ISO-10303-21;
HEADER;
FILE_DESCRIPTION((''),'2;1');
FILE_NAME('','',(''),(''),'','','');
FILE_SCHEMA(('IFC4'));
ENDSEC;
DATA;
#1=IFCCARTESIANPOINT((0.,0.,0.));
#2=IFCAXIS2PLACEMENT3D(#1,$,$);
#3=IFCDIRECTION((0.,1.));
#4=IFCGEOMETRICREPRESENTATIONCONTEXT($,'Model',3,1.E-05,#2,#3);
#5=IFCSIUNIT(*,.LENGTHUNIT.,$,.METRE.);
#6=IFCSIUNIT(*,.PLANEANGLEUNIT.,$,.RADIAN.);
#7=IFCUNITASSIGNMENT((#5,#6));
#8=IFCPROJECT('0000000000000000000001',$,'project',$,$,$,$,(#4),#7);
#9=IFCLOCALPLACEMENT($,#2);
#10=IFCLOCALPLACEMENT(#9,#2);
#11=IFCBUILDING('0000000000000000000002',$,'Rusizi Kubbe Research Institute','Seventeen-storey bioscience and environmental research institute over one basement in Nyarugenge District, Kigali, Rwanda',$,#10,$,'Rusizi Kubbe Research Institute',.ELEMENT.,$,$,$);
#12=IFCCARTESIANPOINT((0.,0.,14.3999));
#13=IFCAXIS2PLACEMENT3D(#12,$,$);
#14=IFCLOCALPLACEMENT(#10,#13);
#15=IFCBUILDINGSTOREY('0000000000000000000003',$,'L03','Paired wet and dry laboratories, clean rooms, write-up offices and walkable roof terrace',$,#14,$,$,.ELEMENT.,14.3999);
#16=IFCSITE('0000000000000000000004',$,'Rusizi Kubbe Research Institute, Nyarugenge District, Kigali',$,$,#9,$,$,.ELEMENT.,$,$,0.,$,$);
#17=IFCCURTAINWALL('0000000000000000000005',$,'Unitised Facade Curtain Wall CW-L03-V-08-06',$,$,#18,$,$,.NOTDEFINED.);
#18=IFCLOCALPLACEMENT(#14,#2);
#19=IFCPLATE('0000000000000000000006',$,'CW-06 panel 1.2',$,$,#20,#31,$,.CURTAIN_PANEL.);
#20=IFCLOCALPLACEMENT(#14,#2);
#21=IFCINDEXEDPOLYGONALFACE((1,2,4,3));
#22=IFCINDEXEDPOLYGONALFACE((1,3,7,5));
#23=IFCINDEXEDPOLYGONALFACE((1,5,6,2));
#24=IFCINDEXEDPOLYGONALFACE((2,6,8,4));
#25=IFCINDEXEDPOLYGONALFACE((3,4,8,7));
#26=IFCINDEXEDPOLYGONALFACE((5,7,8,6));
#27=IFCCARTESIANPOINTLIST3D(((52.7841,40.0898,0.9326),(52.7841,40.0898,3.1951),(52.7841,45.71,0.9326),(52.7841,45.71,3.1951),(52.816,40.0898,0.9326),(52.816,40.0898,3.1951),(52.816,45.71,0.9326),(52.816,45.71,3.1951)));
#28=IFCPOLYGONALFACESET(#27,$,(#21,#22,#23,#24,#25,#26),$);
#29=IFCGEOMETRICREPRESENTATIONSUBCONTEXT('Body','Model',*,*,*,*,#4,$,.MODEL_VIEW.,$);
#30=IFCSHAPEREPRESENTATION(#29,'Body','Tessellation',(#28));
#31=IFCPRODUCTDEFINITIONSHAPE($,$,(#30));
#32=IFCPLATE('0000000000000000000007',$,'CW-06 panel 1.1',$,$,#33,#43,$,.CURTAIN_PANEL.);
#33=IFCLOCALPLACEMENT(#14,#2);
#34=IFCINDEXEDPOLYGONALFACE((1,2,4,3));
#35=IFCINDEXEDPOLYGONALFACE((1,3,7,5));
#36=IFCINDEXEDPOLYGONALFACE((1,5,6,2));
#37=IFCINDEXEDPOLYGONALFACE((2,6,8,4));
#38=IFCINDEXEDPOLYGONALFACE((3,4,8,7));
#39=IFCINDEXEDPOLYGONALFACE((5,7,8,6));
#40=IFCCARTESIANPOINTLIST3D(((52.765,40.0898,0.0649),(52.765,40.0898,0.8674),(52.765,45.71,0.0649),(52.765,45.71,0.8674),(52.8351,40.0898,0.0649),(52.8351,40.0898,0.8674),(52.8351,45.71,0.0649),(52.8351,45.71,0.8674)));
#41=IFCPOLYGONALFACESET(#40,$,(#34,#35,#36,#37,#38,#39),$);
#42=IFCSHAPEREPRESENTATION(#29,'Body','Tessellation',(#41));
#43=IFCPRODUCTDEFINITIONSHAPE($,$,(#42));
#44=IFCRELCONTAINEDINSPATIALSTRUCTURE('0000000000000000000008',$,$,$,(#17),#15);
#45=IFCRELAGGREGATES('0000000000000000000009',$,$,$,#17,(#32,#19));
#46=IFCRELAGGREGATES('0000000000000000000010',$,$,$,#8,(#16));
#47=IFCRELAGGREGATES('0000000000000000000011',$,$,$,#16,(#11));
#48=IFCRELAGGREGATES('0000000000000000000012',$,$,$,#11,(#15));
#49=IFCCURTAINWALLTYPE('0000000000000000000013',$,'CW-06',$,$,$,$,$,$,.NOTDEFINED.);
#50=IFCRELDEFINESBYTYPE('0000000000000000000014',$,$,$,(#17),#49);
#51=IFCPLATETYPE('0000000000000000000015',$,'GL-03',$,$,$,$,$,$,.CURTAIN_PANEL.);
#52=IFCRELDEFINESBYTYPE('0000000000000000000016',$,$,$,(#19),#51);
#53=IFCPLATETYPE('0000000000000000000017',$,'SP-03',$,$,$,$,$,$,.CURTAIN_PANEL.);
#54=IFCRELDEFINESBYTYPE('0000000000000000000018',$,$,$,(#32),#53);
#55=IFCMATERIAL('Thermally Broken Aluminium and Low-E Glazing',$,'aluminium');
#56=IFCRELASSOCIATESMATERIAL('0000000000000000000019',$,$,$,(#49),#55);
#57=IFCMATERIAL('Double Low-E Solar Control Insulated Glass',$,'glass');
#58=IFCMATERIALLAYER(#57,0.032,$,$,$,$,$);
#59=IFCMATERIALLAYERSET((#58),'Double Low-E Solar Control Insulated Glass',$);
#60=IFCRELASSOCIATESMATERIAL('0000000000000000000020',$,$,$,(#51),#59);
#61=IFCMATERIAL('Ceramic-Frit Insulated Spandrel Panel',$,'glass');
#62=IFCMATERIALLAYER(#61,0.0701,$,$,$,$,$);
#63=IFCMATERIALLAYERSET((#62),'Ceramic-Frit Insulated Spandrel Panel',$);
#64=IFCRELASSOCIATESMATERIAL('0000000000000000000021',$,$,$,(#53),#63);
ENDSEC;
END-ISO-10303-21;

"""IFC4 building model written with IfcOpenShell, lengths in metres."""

from ifc_helpers import new_model, si_unit, direction, frame, origin, origin_2d, place, context, subcontext, project, spatial, rectangle, extrude, material, layer, layer_set, type_object, element, aggregate, save


model = new_model("IFC4")

# Units and contexts
model_context = context("Model", 3, precision=1e-05, world=origin(), true_north=direction((0.0, 1.0)))
body_context = subcontext(model_context, "Body", "Model", "MODEL_VIEW")
ifc_project = project(units=[si_unit("LENGTHUNIT", "METRE"), si_unit("PLANEANGLEUNIT", "RADIAN")], contexts=[model_context])

# Site, building, storey
site_placement = place(None, origin())
site = spatial("IfcSite", under=ifc_project, at=site_placement, Name="Rusizi Kubbe Research Institute, Nyarugenge District, Kigali", CompositionType="ELEMENT", RefElevation=0.0)
building_placement = place(site_placement, origin())
building = spatial("IfcBuilding", under=site, at=building_placement, Name="Rusizi Kubbe Research Institute", Description="Seventeen-storey bioscience and environmental research institute over one basement in Nyarugenge District, Kigali, Rwanda", LongName="Rusizi Kubbe Research Institute", CompositionType="ELEMENT")
storey_placement = place(building_placement, frame((0.0, 0.0, 14.3999)))
storey = spatial("IfcBuildingStorey", under=building, at=storey_placement, Name="L03", Description="Paired wet and dry laboratories, clean rooms, write-up offices and walkable roof terrace", CompositionType="ELEMENT", Elevation=14.3999)

# Curtain wall, plates
ifc_material_1 = material(Name="Thermally Broken Aluminium and Low-E Glazing", Category="aluminium")
curtain_wall_type = type_object("IfcCurtainWallType", Name="CW-06", PredefinedType="NOTDEFINED", material=ifc_material_1)
curtain_wall_placement = place(storey_placement, origin())
curtain_wall = element("IfcCurtainWall", 1, at=curtain_wall_placement, inside=storey, type_object=curtain_wall_type, Name="Unitised Facade Curtain Wall CW-L03-V-08-06", PredefinedType="NOTDEFINED")
ifc_material_2 = material(Name="Double Low-E Solar Control Insulated Glass", Category="glass")
ifc_layer_1 = layer(ifc_material_2, 0.032)
ifc_layer_set_1 = layer_set([ifc_layer_1], Name="Double Low-E Solar Control Insulated Glass")
plate_type_1 = type_object("IfcPlateType", Name="GL-03", PredefinedType="CURTAIN_PANEL", material=ifc_layer_set_1)
plate_1_placement = place(storey_placement, frame((52.8, 42.8999, 0.9326), z_axis=(0.0, 0.0, 1.0), x_axis=(0.0, 1.0, 0.0)))
plate_1 = element("IfcPlate", 2, at=plate_1_placement, type_object=plate_type_1, Name="CW-06 panel 1.2", PredefinedType="CURTAIN_PANEL", context=body_context, shape_type="SweptSolid", body=[
    extrude(rectangle(XDim=5.6201, YDim=0.032, at=origin_2d()), origin(), (0.0, 0.0, 1.0), 2.2625),
])
ifc_material_3 = material(Name="Ceramic-Frit Insulated Spandrel Panel", Category="glass")
ifc_layer_2 = layer(ifc_material_3, 0.0701)
ifc_layer_set_2 = layer_set([ifc_layer_2], Name="Ceramic-Frit Insulated Spandrel Panel")
plate_type_2 = type_object("IfcPlateType", Name="SP-03", PredefinedType="CURTAIN_PANEL", material=ifc_layer_set_2)
plate_2_placement = place(storey_placement, frame((52.8, 42.8999, 0.0649), z_axis=(0.0, 0.0, 1.0), x_axis=(0.0, 1.0, 0.0)))
plate_2 = element("IfcPlate", 3, at=plate_2_placement, type_object=plate_type_2, Name="CW-06 panel 1.1", PredefinedType="CURTAIN_PANEL", context=body_context, shape_type="SweptSolid", body=[
    extrude(rectangle(XDim=5.6201, YDim=0.0701, at=origin_2d()), origin(), (0.0, 0.0, 1.0), 0.8025),
])
aggregate(curtain_wall, [plate_2, plate_1])

save(model, "model.ifc")
